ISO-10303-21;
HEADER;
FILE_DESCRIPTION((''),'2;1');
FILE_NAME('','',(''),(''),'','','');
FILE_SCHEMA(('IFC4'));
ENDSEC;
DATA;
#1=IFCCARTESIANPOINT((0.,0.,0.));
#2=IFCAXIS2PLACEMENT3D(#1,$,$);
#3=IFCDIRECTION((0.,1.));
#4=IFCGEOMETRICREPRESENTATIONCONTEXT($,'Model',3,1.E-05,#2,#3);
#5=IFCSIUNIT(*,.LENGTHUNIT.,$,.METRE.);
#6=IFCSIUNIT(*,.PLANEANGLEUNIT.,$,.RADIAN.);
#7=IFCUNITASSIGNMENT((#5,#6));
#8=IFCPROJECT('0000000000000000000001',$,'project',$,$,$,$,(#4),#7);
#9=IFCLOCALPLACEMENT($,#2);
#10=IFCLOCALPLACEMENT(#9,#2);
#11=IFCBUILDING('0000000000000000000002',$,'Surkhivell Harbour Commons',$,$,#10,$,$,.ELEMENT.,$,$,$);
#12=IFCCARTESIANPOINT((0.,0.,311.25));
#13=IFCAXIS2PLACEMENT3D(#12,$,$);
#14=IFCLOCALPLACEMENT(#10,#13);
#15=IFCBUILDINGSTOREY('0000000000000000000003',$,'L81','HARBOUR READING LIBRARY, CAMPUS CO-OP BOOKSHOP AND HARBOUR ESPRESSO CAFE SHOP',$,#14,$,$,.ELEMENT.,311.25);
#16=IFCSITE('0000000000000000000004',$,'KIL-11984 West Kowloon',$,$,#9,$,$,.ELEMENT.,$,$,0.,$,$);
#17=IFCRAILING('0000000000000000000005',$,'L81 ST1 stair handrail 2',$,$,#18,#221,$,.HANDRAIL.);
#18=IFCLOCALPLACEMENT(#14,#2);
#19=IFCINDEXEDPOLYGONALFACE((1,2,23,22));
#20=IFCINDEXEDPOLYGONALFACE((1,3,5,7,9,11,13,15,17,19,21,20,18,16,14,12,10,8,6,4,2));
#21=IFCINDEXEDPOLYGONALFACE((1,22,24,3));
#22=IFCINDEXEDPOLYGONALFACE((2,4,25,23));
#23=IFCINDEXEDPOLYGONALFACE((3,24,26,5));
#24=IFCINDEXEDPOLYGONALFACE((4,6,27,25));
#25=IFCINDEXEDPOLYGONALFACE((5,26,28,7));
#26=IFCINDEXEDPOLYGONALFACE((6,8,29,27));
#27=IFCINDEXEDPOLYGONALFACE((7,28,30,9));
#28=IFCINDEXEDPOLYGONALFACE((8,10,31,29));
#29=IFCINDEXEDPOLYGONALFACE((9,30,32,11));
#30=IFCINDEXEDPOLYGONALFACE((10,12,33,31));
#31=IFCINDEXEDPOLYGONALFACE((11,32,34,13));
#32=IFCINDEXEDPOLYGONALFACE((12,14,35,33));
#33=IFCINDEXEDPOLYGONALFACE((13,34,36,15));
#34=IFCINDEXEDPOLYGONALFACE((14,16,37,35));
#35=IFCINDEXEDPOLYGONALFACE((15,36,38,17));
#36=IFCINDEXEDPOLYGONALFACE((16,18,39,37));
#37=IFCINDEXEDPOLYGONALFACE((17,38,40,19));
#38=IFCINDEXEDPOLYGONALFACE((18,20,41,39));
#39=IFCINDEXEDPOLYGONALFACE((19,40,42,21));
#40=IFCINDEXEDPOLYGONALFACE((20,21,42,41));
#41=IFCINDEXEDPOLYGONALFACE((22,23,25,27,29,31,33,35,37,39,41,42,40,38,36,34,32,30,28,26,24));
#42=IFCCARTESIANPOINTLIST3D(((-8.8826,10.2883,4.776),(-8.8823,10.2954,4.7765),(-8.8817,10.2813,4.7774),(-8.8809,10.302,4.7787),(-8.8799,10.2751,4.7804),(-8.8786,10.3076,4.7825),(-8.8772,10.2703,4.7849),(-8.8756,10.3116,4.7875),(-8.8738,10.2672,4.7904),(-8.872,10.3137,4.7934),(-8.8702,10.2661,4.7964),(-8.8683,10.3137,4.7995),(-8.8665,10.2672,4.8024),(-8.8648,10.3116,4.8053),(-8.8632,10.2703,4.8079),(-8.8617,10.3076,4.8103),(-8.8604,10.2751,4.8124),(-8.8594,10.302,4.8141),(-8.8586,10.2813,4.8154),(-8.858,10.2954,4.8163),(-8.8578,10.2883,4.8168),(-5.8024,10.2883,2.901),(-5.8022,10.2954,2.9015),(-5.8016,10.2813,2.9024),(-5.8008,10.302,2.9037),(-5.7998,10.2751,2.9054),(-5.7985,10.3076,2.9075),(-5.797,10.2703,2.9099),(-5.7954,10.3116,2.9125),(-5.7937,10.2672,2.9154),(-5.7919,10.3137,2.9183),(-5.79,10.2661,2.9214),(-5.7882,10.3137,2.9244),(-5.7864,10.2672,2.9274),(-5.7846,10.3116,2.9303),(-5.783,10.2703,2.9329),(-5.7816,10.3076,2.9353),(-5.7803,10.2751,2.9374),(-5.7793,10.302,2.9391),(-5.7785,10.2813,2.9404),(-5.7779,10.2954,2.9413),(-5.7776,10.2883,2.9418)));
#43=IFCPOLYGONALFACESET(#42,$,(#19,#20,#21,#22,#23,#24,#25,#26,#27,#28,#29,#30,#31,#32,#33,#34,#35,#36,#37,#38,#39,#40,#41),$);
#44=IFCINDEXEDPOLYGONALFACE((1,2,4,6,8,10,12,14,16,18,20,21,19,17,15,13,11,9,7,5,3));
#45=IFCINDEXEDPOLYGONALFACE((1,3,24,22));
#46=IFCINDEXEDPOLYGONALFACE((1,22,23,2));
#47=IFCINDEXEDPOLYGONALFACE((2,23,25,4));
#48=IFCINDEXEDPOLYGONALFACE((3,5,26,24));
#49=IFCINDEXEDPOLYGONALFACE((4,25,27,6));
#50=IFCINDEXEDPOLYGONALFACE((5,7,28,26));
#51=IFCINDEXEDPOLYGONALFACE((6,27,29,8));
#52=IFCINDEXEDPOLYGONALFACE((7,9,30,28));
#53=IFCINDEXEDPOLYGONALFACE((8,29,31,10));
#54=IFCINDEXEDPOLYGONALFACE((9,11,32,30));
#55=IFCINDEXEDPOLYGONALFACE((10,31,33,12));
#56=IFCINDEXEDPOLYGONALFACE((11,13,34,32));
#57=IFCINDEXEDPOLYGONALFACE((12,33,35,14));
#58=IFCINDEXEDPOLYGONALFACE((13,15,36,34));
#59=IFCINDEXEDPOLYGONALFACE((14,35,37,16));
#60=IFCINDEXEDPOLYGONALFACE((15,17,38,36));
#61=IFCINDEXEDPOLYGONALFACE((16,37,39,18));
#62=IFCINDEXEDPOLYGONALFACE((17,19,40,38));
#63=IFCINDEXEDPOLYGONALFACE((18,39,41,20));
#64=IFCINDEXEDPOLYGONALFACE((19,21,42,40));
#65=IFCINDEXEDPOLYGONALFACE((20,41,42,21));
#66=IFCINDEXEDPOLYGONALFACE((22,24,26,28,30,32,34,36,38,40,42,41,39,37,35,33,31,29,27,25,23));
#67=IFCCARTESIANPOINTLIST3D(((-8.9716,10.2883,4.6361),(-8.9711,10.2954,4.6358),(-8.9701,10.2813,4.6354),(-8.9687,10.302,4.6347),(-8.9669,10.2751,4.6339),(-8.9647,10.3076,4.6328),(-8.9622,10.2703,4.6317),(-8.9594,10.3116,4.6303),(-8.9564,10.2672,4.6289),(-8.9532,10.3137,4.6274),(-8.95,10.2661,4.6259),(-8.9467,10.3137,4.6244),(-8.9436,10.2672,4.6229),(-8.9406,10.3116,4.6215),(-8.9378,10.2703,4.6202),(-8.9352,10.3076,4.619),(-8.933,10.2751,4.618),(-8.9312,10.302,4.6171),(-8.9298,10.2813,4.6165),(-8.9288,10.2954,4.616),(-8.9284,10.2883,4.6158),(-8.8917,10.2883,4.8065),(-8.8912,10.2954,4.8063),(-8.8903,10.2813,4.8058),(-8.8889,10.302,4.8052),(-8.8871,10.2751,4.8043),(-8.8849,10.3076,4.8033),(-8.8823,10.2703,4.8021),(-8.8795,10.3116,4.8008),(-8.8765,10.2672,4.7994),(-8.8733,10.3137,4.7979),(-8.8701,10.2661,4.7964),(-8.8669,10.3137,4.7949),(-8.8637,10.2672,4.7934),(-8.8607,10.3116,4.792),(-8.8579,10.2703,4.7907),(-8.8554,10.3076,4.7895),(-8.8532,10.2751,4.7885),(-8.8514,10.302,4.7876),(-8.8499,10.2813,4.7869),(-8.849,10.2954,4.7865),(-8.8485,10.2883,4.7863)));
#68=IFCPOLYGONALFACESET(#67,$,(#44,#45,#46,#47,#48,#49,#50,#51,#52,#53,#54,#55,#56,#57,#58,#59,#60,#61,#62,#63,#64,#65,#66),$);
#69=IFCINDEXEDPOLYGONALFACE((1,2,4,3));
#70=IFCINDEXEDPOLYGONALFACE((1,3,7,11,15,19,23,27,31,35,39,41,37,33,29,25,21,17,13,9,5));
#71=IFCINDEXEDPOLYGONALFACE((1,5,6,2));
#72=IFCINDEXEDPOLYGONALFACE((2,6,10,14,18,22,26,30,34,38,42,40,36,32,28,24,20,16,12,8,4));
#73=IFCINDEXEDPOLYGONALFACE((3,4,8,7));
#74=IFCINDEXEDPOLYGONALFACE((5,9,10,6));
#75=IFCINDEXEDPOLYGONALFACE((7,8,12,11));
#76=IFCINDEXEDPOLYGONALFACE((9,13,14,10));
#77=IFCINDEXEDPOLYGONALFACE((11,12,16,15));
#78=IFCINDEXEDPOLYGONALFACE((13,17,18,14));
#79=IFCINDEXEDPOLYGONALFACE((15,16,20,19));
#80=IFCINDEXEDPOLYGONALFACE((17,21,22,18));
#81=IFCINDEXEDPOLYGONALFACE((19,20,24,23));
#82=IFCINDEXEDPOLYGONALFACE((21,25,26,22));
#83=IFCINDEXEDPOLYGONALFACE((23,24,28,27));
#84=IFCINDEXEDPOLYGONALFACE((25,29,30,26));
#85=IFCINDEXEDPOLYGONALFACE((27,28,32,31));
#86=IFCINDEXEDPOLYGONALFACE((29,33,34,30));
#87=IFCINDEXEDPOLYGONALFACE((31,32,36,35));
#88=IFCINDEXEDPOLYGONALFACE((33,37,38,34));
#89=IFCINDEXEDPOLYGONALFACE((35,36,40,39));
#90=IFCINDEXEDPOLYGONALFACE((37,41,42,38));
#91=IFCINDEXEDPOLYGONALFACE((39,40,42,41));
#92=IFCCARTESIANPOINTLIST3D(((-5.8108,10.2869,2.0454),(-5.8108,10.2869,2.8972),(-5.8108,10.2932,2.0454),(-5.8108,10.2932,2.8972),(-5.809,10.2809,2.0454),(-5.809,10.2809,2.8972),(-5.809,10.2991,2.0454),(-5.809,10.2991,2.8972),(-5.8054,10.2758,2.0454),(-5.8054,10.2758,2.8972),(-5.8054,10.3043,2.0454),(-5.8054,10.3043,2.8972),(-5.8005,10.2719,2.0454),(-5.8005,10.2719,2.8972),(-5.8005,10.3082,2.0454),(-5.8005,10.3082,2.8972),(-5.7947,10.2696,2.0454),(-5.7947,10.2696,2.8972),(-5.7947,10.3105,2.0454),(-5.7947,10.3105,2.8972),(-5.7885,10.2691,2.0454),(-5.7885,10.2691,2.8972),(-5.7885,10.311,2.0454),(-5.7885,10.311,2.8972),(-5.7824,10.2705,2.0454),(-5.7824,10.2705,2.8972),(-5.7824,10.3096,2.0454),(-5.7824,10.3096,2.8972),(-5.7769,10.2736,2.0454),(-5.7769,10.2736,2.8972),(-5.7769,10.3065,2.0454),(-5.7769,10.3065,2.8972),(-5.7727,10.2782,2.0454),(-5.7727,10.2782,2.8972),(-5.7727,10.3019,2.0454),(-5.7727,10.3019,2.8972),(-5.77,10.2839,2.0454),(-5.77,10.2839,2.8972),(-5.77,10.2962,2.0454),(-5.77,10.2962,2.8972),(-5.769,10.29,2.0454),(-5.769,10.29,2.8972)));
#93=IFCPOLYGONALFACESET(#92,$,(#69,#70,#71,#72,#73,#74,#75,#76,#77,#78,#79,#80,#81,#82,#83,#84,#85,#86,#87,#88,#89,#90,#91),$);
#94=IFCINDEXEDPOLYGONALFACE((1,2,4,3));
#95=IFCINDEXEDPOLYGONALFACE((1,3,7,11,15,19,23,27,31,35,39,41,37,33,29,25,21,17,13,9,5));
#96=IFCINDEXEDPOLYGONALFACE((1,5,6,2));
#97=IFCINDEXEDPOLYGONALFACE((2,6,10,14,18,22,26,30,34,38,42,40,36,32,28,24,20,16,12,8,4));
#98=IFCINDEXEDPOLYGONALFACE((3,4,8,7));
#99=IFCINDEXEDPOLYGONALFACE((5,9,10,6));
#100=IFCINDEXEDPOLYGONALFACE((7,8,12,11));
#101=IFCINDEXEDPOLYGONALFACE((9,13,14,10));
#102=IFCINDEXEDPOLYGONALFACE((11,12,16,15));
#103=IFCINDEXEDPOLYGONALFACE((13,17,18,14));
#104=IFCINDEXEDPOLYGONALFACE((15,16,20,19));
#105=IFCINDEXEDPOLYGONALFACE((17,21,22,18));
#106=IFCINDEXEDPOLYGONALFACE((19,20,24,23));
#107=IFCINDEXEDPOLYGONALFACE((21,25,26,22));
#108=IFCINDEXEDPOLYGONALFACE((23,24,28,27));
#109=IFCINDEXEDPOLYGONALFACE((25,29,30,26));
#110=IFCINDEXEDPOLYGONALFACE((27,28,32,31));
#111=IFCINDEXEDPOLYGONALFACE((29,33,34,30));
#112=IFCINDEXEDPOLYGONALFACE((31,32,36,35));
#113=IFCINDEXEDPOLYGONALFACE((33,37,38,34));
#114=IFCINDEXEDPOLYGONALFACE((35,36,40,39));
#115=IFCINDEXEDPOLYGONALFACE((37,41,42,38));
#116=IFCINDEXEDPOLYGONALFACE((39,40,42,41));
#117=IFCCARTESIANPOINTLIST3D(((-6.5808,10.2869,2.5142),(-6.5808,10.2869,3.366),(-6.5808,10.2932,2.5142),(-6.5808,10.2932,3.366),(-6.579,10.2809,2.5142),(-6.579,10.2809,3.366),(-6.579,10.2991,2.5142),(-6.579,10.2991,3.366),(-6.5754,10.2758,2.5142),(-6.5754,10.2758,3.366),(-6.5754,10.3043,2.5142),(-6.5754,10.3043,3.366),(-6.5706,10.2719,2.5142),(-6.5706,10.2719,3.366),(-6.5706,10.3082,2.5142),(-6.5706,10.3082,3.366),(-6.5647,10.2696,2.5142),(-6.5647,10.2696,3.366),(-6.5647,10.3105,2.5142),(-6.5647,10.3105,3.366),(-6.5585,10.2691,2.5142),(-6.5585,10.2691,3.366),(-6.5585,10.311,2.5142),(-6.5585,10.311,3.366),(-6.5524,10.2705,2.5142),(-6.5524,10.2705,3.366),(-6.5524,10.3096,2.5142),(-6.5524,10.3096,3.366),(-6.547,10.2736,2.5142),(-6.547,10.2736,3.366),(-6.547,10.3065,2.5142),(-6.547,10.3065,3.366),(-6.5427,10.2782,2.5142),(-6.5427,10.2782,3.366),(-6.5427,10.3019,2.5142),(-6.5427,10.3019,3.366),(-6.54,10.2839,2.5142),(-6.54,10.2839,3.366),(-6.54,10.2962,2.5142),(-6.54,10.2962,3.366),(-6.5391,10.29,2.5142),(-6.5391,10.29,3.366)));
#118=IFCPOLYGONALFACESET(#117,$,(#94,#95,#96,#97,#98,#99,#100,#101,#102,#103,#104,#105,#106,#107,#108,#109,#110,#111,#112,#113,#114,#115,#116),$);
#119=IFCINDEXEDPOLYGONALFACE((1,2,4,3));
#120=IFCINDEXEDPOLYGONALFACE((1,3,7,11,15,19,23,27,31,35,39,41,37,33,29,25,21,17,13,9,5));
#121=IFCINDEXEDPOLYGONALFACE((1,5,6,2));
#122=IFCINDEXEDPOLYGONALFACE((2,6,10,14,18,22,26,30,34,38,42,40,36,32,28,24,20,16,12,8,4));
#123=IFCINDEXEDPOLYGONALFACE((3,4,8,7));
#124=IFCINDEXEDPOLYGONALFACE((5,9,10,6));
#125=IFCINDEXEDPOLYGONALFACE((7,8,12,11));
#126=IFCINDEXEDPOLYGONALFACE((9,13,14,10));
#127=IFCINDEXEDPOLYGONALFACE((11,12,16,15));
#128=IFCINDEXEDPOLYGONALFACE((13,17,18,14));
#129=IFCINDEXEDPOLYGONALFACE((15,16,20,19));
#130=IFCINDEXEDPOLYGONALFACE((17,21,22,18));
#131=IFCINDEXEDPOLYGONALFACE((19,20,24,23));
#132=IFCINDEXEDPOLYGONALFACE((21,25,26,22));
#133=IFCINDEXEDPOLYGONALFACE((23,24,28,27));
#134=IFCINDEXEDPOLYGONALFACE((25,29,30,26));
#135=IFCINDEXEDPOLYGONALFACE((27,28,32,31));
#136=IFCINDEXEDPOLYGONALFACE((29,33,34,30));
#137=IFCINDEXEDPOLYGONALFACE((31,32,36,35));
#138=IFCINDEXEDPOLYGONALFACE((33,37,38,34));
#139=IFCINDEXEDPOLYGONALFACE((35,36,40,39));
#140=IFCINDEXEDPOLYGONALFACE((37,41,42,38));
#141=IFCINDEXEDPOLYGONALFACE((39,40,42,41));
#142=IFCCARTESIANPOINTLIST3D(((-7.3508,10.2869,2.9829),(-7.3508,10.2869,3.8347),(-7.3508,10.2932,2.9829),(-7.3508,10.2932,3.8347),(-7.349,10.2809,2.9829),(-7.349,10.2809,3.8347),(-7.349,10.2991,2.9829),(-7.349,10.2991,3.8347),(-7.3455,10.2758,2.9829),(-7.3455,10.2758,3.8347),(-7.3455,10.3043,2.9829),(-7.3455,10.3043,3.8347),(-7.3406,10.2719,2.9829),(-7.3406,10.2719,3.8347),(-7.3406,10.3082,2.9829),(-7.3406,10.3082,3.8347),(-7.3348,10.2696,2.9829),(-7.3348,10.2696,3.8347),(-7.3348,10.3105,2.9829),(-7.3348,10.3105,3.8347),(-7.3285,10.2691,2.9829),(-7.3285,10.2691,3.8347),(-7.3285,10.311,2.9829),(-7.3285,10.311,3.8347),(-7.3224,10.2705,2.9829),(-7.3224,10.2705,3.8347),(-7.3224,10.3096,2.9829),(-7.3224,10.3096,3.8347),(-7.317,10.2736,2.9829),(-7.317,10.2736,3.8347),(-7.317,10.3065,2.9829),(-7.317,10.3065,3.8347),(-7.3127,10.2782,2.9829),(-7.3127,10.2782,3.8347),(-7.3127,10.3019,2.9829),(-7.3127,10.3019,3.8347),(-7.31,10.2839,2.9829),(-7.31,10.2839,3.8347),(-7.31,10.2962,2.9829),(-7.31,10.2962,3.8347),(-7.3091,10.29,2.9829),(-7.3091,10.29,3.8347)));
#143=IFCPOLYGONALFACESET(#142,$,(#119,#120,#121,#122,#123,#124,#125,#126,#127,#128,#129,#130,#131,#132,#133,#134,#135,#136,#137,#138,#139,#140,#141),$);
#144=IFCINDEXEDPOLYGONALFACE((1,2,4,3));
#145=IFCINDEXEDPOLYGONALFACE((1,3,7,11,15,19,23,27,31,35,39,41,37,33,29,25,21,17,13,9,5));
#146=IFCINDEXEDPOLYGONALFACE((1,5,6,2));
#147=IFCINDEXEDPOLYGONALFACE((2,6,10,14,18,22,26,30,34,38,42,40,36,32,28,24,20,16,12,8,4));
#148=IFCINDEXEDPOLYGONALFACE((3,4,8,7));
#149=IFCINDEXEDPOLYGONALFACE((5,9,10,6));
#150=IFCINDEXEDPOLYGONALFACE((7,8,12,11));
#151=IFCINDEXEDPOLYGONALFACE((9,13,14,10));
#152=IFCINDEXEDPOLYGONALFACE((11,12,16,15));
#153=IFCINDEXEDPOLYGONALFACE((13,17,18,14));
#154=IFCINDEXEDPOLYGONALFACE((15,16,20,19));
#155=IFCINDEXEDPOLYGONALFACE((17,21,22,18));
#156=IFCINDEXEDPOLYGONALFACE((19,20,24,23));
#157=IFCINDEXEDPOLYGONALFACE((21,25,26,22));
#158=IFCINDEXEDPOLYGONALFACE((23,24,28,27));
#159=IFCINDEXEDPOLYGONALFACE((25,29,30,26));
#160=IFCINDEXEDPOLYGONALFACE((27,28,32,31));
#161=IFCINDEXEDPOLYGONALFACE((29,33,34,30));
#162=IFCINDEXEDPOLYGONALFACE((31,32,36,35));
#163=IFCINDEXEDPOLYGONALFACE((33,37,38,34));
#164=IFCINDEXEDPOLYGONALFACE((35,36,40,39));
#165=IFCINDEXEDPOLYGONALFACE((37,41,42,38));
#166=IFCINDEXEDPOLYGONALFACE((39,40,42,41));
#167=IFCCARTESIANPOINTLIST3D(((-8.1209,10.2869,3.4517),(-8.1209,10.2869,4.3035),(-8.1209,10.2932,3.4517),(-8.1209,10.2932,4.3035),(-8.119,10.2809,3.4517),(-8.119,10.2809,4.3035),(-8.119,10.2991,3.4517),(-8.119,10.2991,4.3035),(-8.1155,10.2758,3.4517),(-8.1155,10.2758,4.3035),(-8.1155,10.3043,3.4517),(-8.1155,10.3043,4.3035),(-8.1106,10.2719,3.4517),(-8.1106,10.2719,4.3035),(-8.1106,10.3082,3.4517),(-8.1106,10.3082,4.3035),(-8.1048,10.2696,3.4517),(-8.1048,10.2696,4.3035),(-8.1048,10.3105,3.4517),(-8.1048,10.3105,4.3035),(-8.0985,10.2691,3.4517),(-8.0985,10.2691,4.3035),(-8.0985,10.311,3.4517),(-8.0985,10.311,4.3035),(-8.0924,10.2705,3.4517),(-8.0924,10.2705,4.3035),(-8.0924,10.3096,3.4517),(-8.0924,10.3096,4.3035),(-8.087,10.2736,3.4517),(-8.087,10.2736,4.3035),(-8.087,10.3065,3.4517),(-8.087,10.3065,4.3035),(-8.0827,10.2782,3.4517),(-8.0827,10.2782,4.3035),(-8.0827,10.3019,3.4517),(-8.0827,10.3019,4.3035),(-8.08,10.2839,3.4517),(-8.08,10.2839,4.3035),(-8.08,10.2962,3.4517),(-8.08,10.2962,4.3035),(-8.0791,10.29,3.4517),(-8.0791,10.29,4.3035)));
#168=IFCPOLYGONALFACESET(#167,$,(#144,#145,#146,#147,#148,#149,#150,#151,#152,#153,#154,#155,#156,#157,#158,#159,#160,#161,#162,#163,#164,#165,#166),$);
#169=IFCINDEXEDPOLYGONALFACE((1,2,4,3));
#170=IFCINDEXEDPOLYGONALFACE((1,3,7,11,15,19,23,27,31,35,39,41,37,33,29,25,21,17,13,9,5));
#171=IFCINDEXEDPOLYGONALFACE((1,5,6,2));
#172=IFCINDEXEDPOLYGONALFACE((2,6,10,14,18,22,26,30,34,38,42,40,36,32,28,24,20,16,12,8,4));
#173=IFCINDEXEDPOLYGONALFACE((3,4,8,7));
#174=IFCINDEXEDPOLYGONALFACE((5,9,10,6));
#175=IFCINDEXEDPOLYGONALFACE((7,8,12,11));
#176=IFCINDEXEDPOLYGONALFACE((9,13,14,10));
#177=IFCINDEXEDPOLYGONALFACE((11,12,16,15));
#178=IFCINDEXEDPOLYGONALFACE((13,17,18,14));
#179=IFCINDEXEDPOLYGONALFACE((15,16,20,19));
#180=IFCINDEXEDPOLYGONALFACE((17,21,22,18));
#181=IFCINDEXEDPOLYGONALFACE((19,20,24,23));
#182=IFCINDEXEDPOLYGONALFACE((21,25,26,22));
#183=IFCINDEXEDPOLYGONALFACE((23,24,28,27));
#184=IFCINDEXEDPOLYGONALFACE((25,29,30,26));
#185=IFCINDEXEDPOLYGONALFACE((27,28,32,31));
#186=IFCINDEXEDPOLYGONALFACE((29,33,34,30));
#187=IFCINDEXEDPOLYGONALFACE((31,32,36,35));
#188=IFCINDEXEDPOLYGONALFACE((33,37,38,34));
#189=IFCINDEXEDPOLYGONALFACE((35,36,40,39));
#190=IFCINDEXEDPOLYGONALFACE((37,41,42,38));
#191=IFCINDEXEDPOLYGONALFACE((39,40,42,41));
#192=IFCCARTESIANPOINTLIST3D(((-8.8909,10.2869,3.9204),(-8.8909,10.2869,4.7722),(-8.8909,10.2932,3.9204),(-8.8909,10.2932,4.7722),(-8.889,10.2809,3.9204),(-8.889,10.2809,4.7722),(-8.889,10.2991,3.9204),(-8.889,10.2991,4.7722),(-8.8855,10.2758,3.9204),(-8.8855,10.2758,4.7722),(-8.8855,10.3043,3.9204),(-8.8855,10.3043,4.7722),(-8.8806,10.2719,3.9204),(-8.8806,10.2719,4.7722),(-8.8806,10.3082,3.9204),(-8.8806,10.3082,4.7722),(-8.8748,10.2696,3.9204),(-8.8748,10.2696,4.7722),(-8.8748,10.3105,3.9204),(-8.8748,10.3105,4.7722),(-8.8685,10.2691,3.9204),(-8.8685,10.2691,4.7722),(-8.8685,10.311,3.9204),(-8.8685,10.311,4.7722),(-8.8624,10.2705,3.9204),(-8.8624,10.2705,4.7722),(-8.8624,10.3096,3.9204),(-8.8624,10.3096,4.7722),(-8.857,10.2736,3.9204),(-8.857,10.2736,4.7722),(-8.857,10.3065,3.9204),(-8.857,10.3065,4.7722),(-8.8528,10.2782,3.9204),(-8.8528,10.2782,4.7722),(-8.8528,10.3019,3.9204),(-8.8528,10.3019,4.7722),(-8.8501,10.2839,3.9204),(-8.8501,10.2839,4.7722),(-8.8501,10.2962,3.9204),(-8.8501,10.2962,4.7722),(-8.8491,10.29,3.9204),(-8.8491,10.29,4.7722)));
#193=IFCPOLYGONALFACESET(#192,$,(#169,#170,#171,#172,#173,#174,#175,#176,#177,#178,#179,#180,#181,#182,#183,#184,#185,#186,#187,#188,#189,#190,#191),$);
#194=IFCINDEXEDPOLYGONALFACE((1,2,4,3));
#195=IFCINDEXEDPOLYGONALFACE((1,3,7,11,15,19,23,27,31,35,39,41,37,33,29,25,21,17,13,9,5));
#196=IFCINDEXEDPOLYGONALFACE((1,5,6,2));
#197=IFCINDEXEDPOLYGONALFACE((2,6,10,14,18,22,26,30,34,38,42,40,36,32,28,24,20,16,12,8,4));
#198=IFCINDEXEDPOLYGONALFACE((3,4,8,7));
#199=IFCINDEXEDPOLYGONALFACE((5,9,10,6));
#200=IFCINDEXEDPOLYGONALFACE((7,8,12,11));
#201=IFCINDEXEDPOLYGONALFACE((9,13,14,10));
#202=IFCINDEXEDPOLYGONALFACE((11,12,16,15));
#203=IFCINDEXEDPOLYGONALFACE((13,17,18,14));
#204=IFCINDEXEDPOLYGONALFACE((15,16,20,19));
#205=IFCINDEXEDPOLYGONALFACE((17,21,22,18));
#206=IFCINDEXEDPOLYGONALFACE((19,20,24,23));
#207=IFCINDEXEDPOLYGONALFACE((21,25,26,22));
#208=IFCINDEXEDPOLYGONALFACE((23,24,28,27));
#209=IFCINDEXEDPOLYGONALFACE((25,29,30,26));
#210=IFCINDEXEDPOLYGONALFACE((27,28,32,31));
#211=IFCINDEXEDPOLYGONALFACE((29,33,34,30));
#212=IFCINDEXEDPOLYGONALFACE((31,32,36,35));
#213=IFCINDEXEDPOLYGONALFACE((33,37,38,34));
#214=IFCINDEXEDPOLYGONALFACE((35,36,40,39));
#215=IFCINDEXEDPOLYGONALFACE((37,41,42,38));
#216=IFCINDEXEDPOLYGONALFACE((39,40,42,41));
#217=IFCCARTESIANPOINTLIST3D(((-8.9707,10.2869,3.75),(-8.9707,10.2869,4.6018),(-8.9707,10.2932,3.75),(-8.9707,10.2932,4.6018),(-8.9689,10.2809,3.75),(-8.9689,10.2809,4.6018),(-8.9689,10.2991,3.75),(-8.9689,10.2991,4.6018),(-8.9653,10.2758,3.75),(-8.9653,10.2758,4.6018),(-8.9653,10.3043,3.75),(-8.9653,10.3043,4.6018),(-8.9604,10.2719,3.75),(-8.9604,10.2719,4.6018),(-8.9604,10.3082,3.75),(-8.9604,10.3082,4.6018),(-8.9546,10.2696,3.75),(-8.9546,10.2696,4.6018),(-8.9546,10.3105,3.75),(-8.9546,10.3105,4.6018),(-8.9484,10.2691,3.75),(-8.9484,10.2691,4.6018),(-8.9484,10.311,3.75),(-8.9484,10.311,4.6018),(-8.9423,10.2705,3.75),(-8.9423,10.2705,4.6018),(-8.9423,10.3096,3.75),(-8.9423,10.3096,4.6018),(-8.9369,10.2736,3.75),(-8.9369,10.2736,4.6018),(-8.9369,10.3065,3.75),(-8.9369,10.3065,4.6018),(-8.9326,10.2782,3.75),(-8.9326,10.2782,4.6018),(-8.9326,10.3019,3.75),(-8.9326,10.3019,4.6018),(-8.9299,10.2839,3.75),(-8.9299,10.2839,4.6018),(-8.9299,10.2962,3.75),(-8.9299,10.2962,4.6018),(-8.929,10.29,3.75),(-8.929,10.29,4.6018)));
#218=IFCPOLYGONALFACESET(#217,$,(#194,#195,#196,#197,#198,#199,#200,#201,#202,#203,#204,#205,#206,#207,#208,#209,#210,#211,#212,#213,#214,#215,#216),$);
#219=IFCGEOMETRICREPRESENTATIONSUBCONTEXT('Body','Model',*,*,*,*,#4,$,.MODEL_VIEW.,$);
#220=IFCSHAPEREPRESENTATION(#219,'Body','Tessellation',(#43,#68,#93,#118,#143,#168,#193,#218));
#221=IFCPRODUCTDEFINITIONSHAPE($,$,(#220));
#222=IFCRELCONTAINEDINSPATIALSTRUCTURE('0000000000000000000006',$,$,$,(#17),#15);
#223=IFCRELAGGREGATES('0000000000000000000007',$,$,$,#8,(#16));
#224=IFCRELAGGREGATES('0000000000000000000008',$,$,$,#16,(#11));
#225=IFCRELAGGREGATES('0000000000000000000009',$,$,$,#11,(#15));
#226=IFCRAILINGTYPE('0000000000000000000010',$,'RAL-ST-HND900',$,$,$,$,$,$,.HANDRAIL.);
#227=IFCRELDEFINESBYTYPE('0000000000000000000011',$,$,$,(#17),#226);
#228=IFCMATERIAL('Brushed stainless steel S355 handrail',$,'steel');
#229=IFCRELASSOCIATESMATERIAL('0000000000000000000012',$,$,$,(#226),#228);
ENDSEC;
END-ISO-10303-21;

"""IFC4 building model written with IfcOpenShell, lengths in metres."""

from ifc_helpers import new_model, si_unit, direction, frame, origin, origin_2d, place, context, subcontext, project, spatial, circle, extrude, material, type_object, element, save


model = new_model("IFC4")

# Units and contexts
model_context = context("Model", 3, precision=1e-05, world=origin(), true_north=direction((0.0, 1.0)))
body_context = subcontext(model_context, "Body", "Model", "MODEL_VIEW")
ifc_project = project(units=[si_unit("LENGTHUNIT", "METRE"), si_unit("PLANEANGLEUNIT", "RADIAN")], contexts=[model_context])

# Site, building, storey
site_placement = place(None, origin())
site = spatial("IfcSite", under=ifc_project, at=site_placement, Name="KIL-11984 West Kowloon", CompositionType="ELEMENT", RefElevation=0.0)
building_placement = place(site_placement, origin())
building = spatial("IfcBuilding", under=site, at=building_placement, Name="Surkhivell Harbour Commons", CompositionType="ELEMENT")
storey_placement = place(building_placement, frame((0.0, 0.0, 311.25)))
storey = spatial("IfcBuildingStorey", under=building, at=storey_placement, Name="L81", Description="HARBOUR READING LIBRARY, CAMPUS CO-OP BOOKSHOP AND HARBOUR ESPRESSO CAFE SHOP", CompositionType="ELEMENT", Elevation=311.25)

# Railing
ifc_material_1 = material(Name="Brushed stainless steel S355 handrail", Category="steel")
railing_type_1 = type_object("IfcRailingType", Name="RAL-ST-HND900", PredefinedType="HANDRAIL", material=ifc_material_1)
railing_1_placement = place(storey_placement, frame((-5.79, 10.29, 2.0454)))
element("IfcRailing", 1, at=railing_1_placement, inside=storey, type_object=railing_type_1, Name="L81 ST1 stair handrail 2", PredefinedType="HANDRAIL", context=body_context, shape_type="SweptSolid", body=[
    extrude(circle(Radius=0.0239, at=origin_2d()), frame((0.0, 0.0, 0.876), z_axis=(-0.854178, 0.0, 0.519981), x_axis=(0.0, -1.0, 0.0)), (0.0, 0.0, 1.0), 3.606),
    extrude(circle(Radius=0.0239, at=origin_2d()), frame((-3.0801, 0.0, 2.751), z_axis=(-0.424234, 0.0, -0.905552), x_axis=(0.0, -1.0, 0.0)), (0.0, 0.0, 1.0), 0.1882),
    extrude(circle(Radius=0.021, at=origin_2d()), origin(), (0.0, 0.0, 1.0), 0.8518),
    extrude(circle(Radius=0.021, at=origin_2d()), frame((-0.77, 0.0, 0.4688)), (0.0, 0.0, 1.0), 0.8518),
    extrude(circle(Radius=0.021, at=origin_2d()), frame((-1.54, 0.0, 0.9375)), (0.0, 0.0, 1.0), 0.8518),
    extrude(circle(Radius=0.021, at=origin_2d()), frame((-2.3101, 0.0, 1.4062)), (0.0, 0.0, 1.0), 0.8518),
    extrude(circle(Radius=0.021, at=origin_2d()), frame((-3.0801, 0.0, 1.875)), (0.0, 0.0, 1.0), 0.8518),
    extrude(circle(Radius=0.021, at=origin_2d()), frame((-3.1599, 0.0, 1.7046)), (0.0, 0.0, 1.0), 0.8518),
])

save(model, "model.ifc")
